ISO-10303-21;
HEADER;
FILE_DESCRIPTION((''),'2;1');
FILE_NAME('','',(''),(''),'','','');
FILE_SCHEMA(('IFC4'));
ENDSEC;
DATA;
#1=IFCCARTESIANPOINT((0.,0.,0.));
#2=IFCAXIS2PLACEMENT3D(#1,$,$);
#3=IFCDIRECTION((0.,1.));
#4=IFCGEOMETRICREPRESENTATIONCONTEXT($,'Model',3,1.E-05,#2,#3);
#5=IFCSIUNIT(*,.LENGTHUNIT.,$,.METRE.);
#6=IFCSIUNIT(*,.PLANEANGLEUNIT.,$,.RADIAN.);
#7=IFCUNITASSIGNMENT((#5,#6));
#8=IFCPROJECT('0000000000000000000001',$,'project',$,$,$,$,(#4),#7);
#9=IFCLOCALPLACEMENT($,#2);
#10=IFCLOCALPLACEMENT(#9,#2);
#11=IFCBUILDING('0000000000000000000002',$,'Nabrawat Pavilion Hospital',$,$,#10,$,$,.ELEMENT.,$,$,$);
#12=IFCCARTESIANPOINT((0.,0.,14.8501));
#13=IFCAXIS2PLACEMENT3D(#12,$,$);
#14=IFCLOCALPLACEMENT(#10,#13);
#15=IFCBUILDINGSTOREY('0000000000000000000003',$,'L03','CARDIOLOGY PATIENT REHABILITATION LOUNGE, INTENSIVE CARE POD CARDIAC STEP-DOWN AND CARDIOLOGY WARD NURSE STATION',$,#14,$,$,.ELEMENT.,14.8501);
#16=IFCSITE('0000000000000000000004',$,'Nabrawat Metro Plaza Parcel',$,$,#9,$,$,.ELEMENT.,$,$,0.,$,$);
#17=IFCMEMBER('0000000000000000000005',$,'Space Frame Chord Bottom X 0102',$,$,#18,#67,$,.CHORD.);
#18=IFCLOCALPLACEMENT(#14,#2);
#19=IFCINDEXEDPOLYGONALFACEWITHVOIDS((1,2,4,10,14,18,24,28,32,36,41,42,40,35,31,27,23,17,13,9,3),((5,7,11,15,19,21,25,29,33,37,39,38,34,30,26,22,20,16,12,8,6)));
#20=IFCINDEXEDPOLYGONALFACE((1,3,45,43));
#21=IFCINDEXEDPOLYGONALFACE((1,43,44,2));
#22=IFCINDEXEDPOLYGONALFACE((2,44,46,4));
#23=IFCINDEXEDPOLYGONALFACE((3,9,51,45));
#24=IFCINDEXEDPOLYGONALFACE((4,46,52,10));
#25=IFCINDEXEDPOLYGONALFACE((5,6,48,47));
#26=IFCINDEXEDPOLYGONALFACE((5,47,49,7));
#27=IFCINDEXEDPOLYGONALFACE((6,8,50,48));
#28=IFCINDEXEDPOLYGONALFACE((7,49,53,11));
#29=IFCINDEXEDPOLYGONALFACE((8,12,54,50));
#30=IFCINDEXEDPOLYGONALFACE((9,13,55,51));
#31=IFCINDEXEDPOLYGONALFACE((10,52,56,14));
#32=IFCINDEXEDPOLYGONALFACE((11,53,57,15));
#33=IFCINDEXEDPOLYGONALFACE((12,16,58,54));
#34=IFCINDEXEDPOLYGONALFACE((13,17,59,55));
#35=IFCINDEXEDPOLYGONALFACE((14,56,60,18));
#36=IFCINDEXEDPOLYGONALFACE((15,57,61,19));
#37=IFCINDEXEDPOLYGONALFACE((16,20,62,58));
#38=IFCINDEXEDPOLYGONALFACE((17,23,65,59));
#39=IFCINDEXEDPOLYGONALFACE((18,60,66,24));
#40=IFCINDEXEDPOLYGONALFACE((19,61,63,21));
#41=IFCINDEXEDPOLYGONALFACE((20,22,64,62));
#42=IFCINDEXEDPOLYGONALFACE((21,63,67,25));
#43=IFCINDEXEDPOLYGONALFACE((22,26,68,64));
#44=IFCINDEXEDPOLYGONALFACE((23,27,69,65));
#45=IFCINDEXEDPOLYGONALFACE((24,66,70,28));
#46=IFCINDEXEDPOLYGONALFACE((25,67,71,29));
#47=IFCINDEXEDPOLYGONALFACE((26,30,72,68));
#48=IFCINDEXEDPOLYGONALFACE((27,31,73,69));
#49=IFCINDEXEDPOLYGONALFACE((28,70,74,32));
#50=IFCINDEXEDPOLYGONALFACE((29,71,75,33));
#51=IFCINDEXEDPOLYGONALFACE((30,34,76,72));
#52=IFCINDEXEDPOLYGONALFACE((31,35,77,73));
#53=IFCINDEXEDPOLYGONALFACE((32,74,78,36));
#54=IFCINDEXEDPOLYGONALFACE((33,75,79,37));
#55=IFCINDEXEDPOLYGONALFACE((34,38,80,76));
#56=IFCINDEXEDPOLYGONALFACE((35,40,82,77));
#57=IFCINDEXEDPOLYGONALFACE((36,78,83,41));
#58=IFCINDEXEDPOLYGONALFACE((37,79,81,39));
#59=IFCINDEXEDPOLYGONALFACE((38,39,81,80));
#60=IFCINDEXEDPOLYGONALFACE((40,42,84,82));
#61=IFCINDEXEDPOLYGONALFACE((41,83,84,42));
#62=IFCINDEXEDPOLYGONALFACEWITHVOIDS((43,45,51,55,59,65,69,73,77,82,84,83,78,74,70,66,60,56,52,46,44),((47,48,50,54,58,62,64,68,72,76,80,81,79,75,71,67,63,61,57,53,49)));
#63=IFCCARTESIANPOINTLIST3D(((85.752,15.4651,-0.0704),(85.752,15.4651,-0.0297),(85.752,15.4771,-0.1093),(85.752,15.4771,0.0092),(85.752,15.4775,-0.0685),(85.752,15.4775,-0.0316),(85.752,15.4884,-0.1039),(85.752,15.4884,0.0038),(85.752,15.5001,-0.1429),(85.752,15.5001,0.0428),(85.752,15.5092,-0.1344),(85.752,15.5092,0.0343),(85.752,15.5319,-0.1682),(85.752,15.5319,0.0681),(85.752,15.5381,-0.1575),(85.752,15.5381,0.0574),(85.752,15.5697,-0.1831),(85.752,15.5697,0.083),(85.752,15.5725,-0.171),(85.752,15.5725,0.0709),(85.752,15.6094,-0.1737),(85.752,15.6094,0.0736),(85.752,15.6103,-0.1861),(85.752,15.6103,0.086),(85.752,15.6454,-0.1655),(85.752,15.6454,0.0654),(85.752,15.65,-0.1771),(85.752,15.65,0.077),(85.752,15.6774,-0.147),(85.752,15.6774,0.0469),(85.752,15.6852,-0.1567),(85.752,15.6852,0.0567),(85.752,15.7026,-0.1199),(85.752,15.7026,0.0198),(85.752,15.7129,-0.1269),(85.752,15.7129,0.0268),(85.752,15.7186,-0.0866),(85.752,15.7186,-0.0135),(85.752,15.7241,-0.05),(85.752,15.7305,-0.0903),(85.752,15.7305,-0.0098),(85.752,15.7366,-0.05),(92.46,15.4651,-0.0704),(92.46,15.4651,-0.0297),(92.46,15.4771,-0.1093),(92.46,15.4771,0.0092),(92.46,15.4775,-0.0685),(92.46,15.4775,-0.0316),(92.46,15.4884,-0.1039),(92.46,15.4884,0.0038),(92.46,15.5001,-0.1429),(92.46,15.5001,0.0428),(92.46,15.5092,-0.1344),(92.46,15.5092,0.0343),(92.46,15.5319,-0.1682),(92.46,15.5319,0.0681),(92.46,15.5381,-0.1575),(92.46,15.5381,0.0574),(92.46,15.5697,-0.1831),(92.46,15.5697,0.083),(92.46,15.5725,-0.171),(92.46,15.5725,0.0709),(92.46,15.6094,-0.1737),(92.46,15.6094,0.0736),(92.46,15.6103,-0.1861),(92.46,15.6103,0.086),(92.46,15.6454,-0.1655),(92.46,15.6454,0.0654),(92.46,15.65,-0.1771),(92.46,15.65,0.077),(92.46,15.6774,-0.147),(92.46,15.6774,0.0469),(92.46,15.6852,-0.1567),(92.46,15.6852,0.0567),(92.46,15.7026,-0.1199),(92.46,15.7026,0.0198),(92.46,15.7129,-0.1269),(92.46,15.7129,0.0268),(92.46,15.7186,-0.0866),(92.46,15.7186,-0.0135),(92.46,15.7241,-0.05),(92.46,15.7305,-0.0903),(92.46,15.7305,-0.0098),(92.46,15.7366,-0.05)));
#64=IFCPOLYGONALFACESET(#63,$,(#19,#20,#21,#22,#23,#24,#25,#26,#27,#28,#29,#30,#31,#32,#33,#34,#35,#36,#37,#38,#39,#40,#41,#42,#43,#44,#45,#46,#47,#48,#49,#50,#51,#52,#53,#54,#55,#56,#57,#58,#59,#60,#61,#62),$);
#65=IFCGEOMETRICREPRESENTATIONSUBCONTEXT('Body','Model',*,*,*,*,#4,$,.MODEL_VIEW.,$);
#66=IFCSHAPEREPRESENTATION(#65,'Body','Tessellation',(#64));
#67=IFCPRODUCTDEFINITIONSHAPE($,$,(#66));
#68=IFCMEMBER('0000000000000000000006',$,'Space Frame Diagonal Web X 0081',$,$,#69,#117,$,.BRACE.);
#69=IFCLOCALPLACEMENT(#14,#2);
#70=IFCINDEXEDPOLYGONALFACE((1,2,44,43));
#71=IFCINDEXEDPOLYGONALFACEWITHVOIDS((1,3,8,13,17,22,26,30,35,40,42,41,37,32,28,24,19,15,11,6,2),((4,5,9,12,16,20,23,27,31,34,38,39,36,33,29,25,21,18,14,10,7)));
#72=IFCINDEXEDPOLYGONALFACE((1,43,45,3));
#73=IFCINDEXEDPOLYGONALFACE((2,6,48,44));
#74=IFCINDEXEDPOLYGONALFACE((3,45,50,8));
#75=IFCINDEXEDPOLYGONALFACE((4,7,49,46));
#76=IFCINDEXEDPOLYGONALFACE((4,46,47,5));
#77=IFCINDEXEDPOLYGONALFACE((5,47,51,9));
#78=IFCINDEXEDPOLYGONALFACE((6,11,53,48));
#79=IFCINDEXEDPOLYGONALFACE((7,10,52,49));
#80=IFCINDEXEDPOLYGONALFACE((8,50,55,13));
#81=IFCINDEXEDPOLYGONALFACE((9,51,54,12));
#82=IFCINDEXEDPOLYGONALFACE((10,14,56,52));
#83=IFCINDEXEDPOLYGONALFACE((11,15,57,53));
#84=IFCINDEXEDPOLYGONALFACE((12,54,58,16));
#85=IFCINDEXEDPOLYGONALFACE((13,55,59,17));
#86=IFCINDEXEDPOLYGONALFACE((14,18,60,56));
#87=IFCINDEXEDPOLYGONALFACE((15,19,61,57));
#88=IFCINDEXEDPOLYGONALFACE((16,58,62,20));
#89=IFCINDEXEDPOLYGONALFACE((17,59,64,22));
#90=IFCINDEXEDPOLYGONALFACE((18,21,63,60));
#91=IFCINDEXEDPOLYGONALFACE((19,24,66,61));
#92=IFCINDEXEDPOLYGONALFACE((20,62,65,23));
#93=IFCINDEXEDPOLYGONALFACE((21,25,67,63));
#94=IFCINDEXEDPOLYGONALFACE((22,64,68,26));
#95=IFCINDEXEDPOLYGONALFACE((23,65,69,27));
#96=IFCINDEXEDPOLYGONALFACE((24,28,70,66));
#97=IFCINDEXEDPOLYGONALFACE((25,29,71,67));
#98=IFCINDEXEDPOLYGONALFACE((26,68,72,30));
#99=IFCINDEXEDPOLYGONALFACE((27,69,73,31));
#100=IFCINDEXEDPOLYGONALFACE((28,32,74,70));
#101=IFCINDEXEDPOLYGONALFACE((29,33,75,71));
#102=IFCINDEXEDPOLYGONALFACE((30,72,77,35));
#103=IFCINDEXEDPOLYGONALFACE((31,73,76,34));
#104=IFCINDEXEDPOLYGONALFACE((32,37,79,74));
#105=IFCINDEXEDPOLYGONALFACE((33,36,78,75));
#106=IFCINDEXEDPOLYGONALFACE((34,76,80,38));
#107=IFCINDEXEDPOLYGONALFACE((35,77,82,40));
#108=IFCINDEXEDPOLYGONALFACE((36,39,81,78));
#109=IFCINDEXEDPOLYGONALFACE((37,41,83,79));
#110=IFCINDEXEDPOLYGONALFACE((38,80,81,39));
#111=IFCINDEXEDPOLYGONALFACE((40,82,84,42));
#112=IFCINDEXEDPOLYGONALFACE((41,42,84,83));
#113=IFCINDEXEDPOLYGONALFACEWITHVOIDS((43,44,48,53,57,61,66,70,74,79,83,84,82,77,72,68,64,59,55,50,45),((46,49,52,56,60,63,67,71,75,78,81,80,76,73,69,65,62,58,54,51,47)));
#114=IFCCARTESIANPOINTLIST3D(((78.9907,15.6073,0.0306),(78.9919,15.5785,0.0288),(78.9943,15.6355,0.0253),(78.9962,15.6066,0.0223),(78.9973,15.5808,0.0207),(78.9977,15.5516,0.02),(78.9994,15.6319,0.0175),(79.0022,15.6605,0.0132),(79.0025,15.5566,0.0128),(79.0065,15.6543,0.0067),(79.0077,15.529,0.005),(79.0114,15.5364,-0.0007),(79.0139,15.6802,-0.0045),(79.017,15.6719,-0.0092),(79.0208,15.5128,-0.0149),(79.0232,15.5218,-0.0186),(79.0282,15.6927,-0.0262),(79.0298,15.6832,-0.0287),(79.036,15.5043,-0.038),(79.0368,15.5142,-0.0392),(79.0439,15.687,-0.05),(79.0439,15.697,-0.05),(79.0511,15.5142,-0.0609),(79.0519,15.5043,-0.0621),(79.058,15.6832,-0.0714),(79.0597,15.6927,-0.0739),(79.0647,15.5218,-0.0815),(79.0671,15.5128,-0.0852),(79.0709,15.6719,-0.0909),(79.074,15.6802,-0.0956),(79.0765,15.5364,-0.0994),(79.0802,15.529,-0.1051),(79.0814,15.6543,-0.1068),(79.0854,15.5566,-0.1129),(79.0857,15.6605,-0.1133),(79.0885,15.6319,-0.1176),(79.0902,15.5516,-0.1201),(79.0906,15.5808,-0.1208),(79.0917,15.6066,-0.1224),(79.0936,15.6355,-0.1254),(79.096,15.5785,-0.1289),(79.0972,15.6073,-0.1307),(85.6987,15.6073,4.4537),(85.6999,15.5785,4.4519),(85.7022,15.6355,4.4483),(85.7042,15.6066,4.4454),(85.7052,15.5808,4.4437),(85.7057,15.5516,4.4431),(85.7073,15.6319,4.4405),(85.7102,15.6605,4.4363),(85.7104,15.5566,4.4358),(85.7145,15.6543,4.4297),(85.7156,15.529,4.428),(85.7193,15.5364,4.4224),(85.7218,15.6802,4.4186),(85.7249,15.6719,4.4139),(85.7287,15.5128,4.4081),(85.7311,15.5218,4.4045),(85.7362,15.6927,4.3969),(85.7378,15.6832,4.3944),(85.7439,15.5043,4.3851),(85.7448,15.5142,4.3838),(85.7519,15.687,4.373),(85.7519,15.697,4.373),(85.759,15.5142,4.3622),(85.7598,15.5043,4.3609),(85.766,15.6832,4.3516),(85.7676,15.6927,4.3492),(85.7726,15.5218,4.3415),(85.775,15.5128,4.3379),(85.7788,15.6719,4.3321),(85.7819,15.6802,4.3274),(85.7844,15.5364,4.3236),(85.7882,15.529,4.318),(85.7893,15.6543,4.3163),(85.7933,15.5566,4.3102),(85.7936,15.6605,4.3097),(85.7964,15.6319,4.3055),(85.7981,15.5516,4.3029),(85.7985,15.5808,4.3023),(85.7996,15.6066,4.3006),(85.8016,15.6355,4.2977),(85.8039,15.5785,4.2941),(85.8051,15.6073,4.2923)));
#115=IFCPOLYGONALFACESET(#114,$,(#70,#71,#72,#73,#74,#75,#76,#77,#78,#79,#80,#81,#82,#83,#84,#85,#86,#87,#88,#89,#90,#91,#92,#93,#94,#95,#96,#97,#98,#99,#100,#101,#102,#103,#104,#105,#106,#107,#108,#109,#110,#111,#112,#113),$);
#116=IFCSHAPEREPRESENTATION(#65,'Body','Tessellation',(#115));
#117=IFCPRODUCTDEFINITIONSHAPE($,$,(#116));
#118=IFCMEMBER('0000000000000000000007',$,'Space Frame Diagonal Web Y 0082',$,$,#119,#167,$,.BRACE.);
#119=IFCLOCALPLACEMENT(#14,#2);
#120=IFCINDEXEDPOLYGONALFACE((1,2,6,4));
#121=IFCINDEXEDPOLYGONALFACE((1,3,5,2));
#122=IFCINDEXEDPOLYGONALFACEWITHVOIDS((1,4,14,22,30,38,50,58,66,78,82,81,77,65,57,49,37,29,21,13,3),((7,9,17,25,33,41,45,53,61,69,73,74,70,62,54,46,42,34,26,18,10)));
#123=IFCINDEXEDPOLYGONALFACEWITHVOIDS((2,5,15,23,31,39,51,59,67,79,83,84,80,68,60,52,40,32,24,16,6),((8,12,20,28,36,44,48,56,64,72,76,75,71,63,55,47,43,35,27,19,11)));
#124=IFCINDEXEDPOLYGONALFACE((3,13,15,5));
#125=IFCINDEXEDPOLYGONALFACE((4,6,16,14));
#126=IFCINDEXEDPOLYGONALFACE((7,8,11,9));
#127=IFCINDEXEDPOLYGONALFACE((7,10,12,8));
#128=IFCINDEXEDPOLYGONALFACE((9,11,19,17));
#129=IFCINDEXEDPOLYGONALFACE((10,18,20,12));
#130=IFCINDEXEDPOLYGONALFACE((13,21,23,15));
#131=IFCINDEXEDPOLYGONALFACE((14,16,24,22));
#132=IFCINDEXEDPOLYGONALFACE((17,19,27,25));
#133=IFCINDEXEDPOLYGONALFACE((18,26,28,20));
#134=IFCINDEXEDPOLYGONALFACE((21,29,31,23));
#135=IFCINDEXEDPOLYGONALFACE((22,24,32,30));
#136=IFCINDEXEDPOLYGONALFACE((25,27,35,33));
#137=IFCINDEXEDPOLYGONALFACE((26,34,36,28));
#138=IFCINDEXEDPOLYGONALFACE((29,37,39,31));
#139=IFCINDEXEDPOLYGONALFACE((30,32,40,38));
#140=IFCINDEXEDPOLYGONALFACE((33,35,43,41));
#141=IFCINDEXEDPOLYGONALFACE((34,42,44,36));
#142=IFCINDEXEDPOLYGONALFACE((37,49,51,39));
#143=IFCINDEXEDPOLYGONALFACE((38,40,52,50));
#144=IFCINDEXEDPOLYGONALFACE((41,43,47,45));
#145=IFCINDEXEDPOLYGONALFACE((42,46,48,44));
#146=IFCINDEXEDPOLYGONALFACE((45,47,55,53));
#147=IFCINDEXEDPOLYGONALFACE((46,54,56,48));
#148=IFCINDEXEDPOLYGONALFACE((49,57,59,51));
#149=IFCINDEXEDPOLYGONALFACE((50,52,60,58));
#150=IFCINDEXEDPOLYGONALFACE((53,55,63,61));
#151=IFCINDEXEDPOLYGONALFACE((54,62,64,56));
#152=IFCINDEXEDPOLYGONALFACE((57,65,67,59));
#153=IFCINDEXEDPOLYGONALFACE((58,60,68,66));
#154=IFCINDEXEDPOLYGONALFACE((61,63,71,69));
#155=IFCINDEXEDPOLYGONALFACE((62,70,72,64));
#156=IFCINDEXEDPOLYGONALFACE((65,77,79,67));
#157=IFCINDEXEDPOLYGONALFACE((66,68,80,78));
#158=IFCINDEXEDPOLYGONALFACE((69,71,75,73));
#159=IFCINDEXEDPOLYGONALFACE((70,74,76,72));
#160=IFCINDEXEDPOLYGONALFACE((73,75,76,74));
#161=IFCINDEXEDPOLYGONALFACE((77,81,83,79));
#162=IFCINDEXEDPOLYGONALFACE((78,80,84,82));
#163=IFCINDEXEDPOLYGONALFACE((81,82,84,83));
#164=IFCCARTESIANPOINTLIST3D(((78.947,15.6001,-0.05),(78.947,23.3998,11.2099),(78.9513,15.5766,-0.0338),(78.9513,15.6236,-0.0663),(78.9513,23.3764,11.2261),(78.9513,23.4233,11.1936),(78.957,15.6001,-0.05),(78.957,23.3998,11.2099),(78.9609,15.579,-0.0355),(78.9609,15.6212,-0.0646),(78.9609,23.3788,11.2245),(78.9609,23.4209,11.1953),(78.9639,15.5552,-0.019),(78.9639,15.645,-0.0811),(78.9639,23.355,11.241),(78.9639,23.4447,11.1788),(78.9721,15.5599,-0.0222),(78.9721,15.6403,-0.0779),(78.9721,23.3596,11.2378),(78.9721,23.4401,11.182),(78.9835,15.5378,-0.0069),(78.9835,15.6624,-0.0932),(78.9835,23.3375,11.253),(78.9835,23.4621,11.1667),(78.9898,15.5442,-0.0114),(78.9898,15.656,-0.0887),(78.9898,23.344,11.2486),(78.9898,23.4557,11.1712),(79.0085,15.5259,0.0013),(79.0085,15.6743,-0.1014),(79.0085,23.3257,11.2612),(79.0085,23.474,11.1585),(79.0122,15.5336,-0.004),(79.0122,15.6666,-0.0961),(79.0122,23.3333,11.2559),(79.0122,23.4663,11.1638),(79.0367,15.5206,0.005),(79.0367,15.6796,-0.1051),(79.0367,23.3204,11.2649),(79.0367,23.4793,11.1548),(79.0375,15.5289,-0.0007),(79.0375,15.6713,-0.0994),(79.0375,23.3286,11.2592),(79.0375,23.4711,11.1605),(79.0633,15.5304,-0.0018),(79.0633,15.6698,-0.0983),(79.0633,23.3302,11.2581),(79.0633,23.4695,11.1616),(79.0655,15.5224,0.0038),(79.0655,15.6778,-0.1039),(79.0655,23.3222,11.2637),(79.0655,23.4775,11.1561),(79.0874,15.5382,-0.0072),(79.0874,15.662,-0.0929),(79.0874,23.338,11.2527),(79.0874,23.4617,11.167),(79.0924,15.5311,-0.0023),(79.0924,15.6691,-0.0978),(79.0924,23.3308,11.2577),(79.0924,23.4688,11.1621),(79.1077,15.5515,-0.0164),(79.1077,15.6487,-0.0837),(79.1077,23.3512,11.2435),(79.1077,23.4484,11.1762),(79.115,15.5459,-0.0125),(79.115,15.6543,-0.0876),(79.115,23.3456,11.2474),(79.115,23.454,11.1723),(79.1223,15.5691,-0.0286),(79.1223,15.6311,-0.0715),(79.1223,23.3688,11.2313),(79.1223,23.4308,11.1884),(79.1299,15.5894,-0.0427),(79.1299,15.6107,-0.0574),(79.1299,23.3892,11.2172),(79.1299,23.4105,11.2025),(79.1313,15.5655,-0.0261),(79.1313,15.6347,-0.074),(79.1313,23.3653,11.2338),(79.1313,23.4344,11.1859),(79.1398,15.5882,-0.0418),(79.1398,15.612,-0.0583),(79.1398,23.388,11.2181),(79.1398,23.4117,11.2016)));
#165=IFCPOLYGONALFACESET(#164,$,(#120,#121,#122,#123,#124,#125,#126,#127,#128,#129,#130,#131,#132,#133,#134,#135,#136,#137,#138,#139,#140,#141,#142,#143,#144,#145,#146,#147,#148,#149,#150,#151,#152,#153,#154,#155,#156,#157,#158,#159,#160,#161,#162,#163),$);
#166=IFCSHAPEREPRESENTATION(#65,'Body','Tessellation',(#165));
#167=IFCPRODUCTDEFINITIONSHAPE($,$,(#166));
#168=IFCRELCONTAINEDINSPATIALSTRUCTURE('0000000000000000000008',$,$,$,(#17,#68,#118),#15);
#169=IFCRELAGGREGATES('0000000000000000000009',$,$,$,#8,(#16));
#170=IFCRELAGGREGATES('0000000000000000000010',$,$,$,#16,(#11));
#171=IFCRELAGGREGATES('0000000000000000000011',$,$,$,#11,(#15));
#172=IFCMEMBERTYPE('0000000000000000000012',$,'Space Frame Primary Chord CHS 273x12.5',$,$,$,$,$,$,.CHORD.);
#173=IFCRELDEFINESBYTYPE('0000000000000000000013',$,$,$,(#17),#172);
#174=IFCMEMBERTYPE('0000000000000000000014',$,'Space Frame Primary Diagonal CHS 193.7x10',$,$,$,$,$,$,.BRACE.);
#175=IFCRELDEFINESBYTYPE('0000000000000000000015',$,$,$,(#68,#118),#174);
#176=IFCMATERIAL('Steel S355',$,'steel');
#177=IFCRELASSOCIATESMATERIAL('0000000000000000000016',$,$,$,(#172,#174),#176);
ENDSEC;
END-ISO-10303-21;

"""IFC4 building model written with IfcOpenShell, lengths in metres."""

from ifc_helpers import new_model, si_unit, direction, frame, origin, origin_2d, place, context, subcontext, project, spatial, hollow_circle, extrude, material, material_profile, profile_set, type_object, element, save


model = new_model("IFC4")

# Units and contexts
model_context = context("Model", 3, precision=1e-05, world=origin(), true_north=direction((0.0, 1.0)))
body_context = subcontext(model_context, "Body", "Model", "MODEL_VIEW")
ifc_project = project(units=[si_unit("LENGTHUNIT", "METRE"), si_unit("PLANEANGLEUNIT", "RADIAN")], contexts=[model_context])

# Site, building, storey
site_placement = place(None, origin())
site = spatial("IfcSite", under=ifc_project, at=site_placement, Name="Nabrawat Metro Plaza Parcel", CompositionType="ELEMENT", RefElevation=0.0)
building_placement = place(site_placement, origin())
building = spatial("IfcBuilding", under=site, at=building_placement, Name="Nabrawat Pavilion Hospital", CompositionType="ELEMENT")
storey_placement = place(building_placement, frame((0.0, 0.0, 14.8501)))
storey = spatial("IfcBuildingStorey", under=building, at=storey_placement, Name="L03", Description="CARDIOLOGY PATIENT REHABILITATION LOUNGE, INTENSIVE CARE POD CARDIAC STEP-DOWN AND CARDIOLOGY WARD NURSE STATION", CompositionType="ELEMENT", Elevation=14.8501)

# Shared definitions
ifc_material = material(Name="Steel S355", Category="steel")

# Members
ifc_material_profile_1 = material_profile(ifc_material, hollow_circle(Radius=0.1365, WallThickness=0.0125, at=origin_2d()), Name="CHS 273x12.5")
ifc_profile_set_1 = profile_set([ifc_material_profile_1], Name="Steel S355")
member_type_1 = type_object("IfcMemberType", Name="Space Frame Primary Chord CHS 273x12.5", PredefinedType="CHORD", material=ifc_profile_set_1)
for number, where, z_axis, x_axis, name in (
    (1, (85.752, 15.6001, -0.05), (1.0, 0.0, 0.0), (0.0, 1.0, 0.0), "Space Frame Chord Bottom X 0102"),
):
    element("IfcMember", number, at=place(storey_placement, frame(where, z_axis=z_axis, x_axis=x_axis)), inside=storey, type_object=member_type_1, Name=name, PredefinedType="CHORD", context=body_context, shape_type="SweptSolid", body=[
        extrude(hollow_circle(Radius=0.1365, WallThickness=0.0125, at=origin_2d()), origin(), (0.0, 0.0, 1.0), 6.708),
    ])
ifc_material_profile_2 = material_profile(ifc_material, hollow_circle(Radius=0.0969, WallThickness=0.01, at=origin_2d()), Name="CHS 193.7x10")
ifc_profile_set_2 = profile_set([ifc_material_profile_2], Name="Steel S355")
member_type_2 = type_object("IfcMemberType", Name="Space Frame Primary Diagonal CHS 193.7x10", PredefinedType="BRACE", material=ifc_profile_set_2)
member_1_placement = place(storey_placement, frame((79.0439, 15.6001, -0.05), z_axis=(0.834849, 0.0, 0.550479), x_axis=(0.0, 1.0, 0.0)))
element("IfcMember", 2, at=member_1_placement, inside=storey, type_object=member_type_2, Name="Space Frame Diagonal Web X 0081", PredefinedType="BRACE", context=body_context, shape_type="SweptSolid", body=[
    extrude(hollow_circle(Radius=0.0969, WallThickness=0.01, at=origin_2d()), origin(), (0.0, 0.0, 1.0), 8.0349),
])
member_2_placement = place(storey_placement, frame((79.0439, 15.6001, -0.05), z_axis=(0.0, 0.569428, 0.822041), x_axis=(-1.0, 0.0, 0.0)))
element("IfcMember", 3, at=member_2_placement, inside=storey, type_object=member_type_2, Name="Space Frame Diagonal Web Y 0082", PredefinedType="BRACE", context=body_context, shape_type="SweptSolid", body=[
    extrude(hollow_circle(Radius=0.0969, WallThickness=0.01, at=origin_2d()), origin(), (0.0, 0.0, 1.0), 13.6975),
])

save(model, "model.ifc")
